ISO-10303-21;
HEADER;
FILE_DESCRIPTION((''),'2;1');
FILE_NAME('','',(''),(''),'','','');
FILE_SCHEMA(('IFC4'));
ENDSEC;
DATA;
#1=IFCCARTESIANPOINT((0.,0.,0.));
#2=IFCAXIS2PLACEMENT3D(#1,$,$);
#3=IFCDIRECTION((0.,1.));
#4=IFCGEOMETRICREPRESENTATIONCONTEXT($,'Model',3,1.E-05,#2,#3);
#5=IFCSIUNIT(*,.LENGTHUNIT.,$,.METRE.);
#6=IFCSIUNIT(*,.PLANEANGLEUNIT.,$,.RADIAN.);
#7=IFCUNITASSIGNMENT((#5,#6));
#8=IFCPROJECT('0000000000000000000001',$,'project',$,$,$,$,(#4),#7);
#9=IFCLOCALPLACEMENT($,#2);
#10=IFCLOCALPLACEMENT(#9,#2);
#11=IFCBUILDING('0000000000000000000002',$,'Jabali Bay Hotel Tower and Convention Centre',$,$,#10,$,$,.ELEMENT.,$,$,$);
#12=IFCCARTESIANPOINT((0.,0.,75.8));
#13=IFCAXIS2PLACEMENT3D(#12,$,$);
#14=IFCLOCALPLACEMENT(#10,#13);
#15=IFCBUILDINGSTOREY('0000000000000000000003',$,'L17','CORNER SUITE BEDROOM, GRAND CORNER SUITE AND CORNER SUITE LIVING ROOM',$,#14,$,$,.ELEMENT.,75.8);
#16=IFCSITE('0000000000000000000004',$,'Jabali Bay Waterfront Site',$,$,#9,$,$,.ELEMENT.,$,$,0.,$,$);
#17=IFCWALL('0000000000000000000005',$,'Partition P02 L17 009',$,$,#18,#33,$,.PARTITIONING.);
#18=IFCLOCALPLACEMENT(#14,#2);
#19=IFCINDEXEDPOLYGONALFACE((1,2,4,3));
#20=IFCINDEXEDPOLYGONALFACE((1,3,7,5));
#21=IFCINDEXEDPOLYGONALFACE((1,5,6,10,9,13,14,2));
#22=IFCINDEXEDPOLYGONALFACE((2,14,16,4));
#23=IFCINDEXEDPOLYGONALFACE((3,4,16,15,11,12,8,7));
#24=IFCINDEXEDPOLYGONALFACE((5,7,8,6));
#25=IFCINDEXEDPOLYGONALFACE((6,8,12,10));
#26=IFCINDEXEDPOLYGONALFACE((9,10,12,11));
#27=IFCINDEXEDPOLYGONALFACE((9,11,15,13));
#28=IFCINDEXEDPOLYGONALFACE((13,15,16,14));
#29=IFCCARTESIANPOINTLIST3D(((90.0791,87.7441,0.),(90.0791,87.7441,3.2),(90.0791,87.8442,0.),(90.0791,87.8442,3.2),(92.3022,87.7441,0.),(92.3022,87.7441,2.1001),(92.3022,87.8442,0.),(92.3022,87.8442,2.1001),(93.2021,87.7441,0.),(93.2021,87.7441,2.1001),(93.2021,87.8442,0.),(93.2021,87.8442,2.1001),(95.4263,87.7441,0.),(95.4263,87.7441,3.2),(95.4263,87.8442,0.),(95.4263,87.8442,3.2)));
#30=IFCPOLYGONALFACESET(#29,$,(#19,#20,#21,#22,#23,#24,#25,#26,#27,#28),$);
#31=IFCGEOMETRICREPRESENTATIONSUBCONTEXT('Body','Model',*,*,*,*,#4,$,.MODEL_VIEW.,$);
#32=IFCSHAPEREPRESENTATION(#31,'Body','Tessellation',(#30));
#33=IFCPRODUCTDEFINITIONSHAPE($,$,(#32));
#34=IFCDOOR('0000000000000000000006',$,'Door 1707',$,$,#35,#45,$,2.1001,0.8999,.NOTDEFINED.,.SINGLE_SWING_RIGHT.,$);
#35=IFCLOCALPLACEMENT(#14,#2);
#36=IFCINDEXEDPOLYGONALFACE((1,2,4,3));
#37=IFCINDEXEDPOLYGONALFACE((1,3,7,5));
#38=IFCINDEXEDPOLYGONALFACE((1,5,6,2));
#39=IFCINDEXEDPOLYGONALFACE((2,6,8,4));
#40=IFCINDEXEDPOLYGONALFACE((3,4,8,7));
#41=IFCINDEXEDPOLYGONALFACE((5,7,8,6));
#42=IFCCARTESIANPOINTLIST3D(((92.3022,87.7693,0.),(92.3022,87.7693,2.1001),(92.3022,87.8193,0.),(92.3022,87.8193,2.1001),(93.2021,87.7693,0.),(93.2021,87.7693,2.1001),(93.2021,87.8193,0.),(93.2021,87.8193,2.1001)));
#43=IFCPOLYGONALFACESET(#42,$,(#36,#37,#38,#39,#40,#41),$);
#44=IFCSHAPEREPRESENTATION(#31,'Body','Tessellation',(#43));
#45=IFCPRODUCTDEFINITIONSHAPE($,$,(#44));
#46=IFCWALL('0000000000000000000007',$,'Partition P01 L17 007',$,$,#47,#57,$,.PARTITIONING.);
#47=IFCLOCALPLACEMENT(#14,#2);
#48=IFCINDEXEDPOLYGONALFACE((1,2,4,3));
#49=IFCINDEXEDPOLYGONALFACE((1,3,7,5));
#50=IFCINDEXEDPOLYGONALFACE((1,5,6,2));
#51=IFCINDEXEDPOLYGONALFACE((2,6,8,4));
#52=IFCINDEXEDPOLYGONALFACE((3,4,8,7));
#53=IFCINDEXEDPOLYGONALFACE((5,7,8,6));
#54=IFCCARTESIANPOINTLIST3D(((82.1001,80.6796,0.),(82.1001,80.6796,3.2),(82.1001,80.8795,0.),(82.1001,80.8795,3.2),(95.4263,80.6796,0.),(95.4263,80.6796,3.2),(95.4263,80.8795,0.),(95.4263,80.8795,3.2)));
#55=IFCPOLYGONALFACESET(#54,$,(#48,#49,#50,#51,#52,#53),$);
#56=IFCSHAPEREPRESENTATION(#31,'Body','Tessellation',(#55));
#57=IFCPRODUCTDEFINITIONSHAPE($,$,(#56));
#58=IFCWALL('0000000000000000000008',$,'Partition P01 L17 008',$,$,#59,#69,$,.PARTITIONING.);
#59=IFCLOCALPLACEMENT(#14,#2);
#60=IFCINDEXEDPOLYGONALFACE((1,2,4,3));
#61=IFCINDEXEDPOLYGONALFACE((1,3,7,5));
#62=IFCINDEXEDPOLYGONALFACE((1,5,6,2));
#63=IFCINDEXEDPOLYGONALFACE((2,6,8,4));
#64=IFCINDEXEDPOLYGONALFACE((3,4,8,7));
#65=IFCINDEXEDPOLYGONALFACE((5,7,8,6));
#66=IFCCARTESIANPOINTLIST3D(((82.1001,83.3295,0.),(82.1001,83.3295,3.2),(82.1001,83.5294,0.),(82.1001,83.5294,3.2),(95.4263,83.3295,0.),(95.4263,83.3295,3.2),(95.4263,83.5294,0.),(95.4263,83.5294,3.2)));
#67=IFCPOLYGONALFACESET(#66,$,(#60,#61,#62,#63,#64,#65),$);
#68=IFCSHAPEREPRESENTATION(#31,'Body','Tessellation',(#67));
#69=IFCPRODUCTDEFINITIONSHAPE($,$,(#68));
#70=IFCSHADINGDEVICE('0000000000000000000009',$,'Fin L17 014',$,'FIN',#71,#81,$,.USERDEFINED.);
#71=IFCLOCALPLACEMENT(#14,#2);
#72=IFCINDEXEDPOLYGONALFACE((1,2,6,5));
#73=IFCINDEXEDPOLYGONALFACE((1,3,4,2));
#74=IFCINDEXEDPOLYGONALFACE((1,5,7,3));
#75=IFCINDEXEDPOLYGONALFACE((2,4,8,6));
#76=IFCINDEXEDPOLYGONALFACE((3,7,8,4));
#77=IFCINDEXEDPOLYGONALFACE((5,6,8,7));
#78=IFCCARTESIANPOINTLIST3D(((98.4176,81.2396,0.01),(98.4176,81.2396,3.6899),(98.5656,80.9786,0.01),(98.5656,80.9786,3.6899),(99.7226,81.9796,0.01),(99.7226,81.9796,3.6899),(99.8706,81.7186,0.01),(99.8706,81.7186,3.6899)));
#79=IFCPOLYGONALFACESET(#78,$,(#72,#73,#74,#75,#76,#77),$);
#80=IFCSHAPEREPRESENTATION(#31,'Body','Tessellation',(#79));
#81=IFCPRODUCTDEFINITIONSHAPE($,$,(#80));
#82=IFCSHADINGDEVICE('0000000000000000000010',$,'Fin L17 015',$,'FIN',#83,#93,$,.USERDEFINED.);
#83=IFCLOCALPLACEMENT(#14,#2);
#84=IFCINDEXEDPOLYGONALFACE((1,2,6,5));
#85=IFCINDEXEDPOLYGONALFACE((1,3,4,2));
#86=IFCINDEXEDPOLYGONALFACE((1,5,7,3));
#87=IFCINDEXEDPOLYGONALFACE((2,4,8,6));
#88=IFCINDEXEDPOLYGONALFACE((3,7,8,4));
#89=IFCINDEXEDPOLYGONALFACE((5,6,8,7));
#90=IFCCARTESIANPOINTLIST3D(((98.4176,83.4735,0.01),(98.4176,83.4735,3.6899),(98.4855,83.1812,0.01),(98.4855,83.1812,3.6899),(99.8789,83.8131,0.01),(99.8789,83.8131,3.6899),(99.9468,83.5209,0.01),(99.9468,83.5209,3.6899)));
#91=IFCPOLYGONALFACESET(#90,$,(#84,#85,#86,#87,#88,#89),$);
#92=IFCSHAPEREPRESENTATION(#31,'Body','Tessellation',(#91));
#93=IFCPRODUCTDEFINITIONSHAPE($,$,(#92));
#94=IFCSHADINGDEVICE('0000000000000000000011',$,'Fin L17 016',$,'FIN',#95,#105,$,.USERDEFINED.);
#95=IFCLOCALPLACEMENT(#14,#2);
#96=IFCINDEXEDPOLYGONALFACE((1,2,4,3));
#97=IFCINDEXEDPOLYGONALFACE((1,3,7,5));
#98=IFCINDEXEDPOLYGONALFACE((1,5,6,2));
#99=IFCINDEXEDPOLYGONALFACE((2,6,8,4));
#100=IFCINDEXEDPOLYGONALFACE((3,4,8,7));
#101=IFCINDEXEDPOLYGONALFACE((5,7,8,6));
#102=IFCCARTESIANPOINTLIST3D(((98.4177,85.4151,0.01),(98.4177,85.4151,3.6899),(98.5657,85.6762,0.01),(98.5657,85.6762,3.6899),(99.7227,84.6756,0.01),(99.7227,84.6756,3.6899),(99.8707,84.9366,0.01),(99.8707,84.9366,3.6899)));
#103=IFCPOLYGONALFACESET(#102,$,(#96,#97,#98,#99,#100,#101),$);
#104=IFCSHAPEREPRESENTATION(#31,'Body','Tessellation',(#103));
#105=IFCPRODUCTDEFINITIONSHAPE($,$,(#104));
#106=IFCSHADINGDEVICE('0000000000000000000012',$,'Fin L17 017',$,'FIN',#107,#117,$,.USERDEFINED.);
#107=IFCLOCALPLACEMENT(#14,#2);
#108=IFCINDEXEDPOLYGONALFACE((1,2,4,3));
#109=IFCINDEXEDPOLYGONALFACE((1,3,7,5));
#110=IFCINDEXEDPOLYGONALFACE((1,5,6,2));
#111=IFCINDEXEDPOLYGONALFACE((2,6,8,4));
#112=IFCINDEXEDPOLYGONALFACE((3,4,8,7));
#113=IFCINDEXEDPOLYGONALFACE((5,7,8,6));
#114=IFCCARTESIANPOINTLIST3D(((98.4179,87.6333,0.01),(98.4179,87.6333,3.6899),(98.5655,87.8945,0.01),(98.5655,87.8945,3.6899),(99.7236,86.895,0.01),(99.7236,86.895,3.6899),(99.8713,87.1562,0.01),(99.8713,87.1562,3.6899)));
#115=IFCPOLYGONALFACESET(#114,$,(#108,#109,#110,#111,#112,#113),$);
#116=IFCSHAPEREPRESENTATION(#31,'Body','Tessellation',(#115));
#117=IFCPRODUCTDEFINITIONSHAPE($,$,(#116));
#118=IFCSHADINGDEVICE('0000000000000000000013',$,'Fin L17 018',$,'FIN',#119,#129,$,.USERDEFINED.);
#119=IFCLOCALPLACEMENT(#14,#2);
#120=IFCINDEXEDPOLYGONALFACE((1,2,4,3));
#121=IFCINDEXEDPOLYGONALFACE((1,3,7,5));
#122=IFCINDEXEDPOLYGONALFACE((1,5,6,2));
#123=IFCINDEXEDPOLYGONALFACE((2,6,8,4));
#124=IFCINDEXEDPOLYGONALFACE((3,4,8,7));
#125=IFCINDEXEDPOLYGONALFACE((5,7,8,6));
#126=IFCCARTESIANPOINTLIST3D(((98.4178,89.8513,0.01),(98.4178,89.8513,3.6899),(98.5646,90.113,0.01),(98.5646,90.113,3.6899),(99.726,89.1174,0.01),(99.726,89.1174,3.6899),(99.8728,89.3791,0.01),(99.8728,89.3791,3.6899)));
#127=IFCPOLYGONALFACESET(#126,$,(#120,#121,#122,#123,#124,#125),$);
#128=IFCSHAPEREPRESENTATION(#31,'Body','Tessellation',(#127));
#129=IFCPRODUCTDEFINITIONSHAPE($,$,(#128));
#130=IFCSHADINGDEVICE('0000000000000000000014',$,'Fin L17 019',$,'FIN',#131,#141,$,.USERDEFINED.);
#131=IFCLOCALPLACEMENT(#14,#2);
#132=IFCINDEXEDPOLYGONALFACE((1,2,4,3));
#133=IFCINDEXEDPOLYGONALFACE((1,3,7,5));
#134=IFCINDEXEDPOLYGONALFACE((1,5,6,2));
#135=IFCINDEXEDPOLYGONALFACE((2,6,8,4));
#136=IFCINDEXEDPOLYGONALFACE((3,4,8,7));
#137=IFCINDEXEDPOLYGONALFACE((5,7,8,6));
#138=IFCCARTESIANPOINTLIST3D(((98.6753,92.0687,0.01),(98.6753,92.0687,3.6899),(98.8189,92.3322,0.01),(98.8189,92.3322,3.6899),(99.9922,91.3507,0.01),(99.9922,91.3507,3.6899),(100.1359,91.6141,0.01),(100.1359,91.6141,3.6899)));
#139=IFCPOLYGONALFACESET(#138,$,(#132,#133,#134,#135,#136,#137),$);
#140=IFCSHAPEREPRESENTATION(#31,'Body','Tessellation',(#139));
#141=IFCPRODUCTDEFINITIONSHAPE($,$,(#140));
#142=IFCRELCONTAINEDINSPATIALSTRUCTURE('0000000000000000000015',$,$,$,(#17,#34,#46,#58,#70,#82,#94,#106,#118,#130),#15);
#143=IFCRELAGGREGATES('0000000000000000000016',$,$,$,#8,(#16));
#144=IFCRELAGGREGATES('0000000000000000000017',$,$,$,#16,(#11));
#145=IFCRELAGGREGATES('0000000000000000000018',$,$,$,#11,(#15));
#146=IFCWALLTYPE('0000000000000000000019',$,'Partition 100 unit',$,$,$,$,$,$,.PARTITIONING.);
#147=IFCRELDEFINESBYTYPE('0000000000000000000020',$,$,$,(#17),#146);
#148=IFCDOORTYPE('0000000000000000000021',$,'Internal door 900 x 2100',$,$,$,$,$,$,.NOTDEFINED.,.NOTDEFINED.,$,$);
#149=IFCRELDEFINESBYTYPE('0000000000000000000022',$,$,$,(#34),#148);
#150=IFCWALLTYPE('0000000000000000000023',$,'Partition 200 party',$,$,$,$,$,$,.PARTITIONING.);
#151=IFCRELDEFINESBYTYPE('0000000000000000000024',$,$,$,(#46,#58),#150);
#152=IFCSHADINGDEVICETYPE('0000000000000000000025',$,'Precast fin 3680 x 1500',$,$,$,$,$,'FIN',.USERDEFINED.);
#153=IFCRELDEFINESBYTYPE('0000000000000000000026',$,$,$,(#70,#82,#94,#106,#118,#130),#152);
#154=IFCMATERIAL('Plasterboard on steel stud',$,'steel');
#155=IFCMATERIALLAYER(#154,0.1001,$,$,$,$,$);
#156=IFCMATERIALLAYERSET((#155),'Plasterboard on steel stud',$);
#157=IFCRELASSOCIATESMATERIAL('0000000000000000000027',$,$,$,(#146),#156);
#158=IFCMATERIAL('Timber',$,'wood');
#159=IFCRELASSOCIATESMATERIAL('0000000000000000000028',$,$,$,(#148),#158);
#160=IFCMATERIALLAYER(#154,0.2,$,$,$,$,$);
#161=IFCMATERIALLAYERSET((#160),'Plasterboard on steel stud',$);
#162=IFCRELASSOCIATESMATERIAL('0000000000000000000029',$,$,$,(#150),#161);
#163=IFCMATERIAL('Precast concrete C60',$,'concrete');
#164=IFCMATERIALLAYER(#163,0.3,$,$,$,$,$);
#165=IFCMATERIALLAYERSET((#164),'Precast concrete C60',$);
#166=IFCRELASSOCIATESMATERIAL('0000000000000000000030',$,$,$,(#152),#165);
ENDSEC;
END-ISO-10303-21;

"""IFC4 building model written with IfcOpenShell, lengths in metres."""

from ifc_helpers import new_model, si_unit, direction, frame, frame_2d, origin, place, context, subcontext, project, spatial, rectangle, extrude, material, layer, layer_set, type_object, element, fill, save


model = new_model("IFC4")

# Units and contexts
model_context = context("Model", 3, precision=1e-05, world=origin(), true_north=direction((0.0, 1.0)))
body_context = subcontext(model_context, "Body", "Model", "MODEL_VIEW")
ifc_project = project(units=[si_unit("LENGTHUNIT", "METRE"), si_unit("PLANEANGLEUNIT", "RADIAN")], contexts=[model_context])

# Site, building, storey
site_placement = place(None, origin())
site = spatial("IfcSite", under=ifc_project, at=site_placement, Name="Jabali Bay Waterfront Site", CompositionType="ELEMENT", RefElevation=0.0)
building_placement = place(site_placement, origin())
building = spatial("IfcBuilding", under=site, at=building_placement, Name="Jabali Bay Hotel Tower and Convention Centre", CompositionType="ELEMENT")
storey_placement = place(building_placement, frame((0.0, 0.0, 75.8)))
storey = spatial("IfcBuildingStorey", under=building, at=storey_placement, Name="L17", Description="CORNER SUITE BEDROOM, GRAND CORNER SUITE AND CORNER SUITE LIVING ROOM", CompositionType="ELEMENT", Elevation=75.8)

# Wall, opening, door
ifc_material_1 = material(Name="Plasterboard on steel stud", Category="steel")
ifc_layer_1 = layer(ifc_material_1, 0.1001)
ifc_layer_set_1 = layer_set([ifc_layer_1], Name="Plasterboard on steel stud")
wall_type_1 = type_object("IfcWallType", Name="Partition 100 unit", PredefinedType="PARTITIONING", material=ifc_layer_set_1)
wall_1_placement = place(storey_placement, frame((95.4263, 87.7942, 0.0), z_axis=(0.0, 0.0, 1.0), x_axis=(-1.0, 0.0, 0.0)))
wall_1 = element("IfcWall", 1, at=wall_1_placement, inside=storey, type_object=wall_type_1, Name="Partition P02 L17 009", PredefinedType="PARTITIONING", context=body_context, shape_type="SweptSolid", body=[
    extrude(rectangle(XDim=5.3472, YDim=0.1001, at=frame_2d((2.6736, 0.0))), origin(), (0.0, 0.0, 1.0), 3.2),
])
opening_1_placement = place(wall_1_placement, frame((2.2241, 0.0, 0.0)))
opening_1 = element("IfcOpeningElement", 2, at=opening_1_placement, cuts=wall_1, PredefinedType="OPENING", context=body_context, shape_type="SweptSolid", body=[
    extrude(rectangle(XDim=0.8999, YDim=2.1001, at=frame_2d((0.45, 1.05))), frame((0.0, 0.0605, 0.0), z_axis=(0.0, -1.0, 0.0), x_axis=(1.0, 0.0, 0.0)), (0.0, 0.0, 1.0), 0.1211),
])
ifc_material_2 = material(Name="Timber", Category="wood")
door_type_1 = type_object("IfcDoorType", Name="Internal door 900 x 2100", OperationType="NOTDEFINED", PredefinedType="NOTDEFINED", material=ifc_material_2)
door_1_placement = place(opening_1_placement, origin())
door_1 = element("IfcDoor", 3, at=door_1_placement, inside=storey, type_object=door_type_1, Name="Door 1707", OperationType="SINGLE_SWING_RIGHT", OverallHeight=2.1001, OverallWidth=0.8999, PredefinedType="NOTDEFINED", context=body_context, shape_type="SweptSolid", body=[
    extrude(rectangle(XDim=0.8999, YDim=2.1001, at=frame_2d((0.45, 1.05))), frame((0.0, 0.0249, 0.0), z_axis=(0.0, -1.0, 0.0), x_axis=(1.0, 0.0, 0.0)), (0.0, 0.0, 1.0), 0.05),
])
fill(opening_1, door_1)

# Walls
ifc_layer_2 = layer(ifc_material_1, 0.2)
ifc_layer_set_2 = layer_set([ifc_layer_2], Name="Plasterboard on steel stud")
wall_type_2 = type_object("IfcWallType", Name="Partition 200 party", PredefinedType="PARTITIONING", material=ifc_layer_set_2)
for number, where, z_axis, x_axis, name in (
    (4, (95.4263, 80.7795, 0.0), (0.0, 0.0, 1.0), (-1.0, 0.0, 0.0), "Partition P01 L17 007"),
    (5, (95.4263, 83.4294, 0.0), (0.0, 0.0, 1.0), (-1.0, 0.0, 0.0), "Partition P01 L17 008"),
):
    element("IfcWall", number, at=place(storey_placement, frame(where, z_axis=z_axis, x_axis=x_axis)), inside=storey, type_object=wall_type_2, Name=name, PredefinedType="PARTITIONING", context=body_context, shape_type="SweptSolid", body=[
        extrude(rectangle(XDim=13.3262, YDim=0.2, at=frame_2d((6.6631, 0.0))), origin(), (0.0, 0.0, 1.0), 3.2),
    ])

# Shading devices
ifc_material_3 = material(Name="Precast concrete C60", Category="concrete")
ifc_layer_3 = layer(ifc_material_3, 0.3)
ifc_layer_set_3 = layer_set([ifc_layer_3], Name="Precast concrete C60")
shading_device_type = type_object("IfcShadingDeviceType", Name="Precast fin 3680 x 1500", ElementType="FIN", PredefinedType="USERDEFINED", material=ifc_layer_set_3)
for number, where, z_axis, x_axis, name in (
    (6, (98.4917, 81.1091, 0.01), (0.0, 0.0, 1.0), (0.869871, 0.493279, 0.0), "Fin L17 014"),
    (7, (98.4517, 83.3274, 0.01), (0.0, 0.0, 1.0), (0.974039, 0.226381, 0.0), "Fin L17 015"),
):
    element("IfcShadingDevice", number, at=place(storey_placement, frame(where, z_axis=z_axis, x_axis=x_axis)), inside=storey, type_object=shading_device_type, Name=name, ObjectType="FIN", PredefinedType="USERDEFINED", context=body_context, shape_type="SweptSolid", body=[
        extrude(rectangle(XDim=1.5002, YDim=0.3, at=frame_2d((0.75, 0.0))), origin(), (0.0, 0.0, 1.0), 3.6799),
    ])
for number, where, z_axis, x_axis, name in (
    (8, (98.4917, 85.5457, 0.01), (0.0, 0.0, 1.0), (0.870011, -0.493033, 0.0), "Fin L17 016"),
    (9, (98.4917, 87.7639, 0.01), (0.0, 0.0, 1.0), (0.870478, -0.492207, 0.0), "Fin L17 017"),
    (10, (98.4912, 89.9822, 0.01), (0.0, 0.0, 1.0), (0.872123, -0.489287, 0.0), "Fin L17 018"),
    (11, (98.7471, 92.2004, 0.01), (0.0, 0.0, 1.0), (0.877976, -0.478704, 0.0), "Fin L17 019"),
):
    element("IfcShadingDevice", number, at=place(storey_placement, frame(where, z_axis=z_axis, x_axis=x_axis)), inside=storey, type_object=shading_device_type, Name=name, ObjectType="FIN", PredefinedType="USERDEFINED", context=body_context, shape_type="SweptSolid", body=[
        extrude(rectangle(XDim=1.5, YDim=0.3, at=frame_2d((0.75, 0.0))), origin(), (0.0, 0.0, 1.0), 3.6799),
    ])

save(model, "model.ifc")
